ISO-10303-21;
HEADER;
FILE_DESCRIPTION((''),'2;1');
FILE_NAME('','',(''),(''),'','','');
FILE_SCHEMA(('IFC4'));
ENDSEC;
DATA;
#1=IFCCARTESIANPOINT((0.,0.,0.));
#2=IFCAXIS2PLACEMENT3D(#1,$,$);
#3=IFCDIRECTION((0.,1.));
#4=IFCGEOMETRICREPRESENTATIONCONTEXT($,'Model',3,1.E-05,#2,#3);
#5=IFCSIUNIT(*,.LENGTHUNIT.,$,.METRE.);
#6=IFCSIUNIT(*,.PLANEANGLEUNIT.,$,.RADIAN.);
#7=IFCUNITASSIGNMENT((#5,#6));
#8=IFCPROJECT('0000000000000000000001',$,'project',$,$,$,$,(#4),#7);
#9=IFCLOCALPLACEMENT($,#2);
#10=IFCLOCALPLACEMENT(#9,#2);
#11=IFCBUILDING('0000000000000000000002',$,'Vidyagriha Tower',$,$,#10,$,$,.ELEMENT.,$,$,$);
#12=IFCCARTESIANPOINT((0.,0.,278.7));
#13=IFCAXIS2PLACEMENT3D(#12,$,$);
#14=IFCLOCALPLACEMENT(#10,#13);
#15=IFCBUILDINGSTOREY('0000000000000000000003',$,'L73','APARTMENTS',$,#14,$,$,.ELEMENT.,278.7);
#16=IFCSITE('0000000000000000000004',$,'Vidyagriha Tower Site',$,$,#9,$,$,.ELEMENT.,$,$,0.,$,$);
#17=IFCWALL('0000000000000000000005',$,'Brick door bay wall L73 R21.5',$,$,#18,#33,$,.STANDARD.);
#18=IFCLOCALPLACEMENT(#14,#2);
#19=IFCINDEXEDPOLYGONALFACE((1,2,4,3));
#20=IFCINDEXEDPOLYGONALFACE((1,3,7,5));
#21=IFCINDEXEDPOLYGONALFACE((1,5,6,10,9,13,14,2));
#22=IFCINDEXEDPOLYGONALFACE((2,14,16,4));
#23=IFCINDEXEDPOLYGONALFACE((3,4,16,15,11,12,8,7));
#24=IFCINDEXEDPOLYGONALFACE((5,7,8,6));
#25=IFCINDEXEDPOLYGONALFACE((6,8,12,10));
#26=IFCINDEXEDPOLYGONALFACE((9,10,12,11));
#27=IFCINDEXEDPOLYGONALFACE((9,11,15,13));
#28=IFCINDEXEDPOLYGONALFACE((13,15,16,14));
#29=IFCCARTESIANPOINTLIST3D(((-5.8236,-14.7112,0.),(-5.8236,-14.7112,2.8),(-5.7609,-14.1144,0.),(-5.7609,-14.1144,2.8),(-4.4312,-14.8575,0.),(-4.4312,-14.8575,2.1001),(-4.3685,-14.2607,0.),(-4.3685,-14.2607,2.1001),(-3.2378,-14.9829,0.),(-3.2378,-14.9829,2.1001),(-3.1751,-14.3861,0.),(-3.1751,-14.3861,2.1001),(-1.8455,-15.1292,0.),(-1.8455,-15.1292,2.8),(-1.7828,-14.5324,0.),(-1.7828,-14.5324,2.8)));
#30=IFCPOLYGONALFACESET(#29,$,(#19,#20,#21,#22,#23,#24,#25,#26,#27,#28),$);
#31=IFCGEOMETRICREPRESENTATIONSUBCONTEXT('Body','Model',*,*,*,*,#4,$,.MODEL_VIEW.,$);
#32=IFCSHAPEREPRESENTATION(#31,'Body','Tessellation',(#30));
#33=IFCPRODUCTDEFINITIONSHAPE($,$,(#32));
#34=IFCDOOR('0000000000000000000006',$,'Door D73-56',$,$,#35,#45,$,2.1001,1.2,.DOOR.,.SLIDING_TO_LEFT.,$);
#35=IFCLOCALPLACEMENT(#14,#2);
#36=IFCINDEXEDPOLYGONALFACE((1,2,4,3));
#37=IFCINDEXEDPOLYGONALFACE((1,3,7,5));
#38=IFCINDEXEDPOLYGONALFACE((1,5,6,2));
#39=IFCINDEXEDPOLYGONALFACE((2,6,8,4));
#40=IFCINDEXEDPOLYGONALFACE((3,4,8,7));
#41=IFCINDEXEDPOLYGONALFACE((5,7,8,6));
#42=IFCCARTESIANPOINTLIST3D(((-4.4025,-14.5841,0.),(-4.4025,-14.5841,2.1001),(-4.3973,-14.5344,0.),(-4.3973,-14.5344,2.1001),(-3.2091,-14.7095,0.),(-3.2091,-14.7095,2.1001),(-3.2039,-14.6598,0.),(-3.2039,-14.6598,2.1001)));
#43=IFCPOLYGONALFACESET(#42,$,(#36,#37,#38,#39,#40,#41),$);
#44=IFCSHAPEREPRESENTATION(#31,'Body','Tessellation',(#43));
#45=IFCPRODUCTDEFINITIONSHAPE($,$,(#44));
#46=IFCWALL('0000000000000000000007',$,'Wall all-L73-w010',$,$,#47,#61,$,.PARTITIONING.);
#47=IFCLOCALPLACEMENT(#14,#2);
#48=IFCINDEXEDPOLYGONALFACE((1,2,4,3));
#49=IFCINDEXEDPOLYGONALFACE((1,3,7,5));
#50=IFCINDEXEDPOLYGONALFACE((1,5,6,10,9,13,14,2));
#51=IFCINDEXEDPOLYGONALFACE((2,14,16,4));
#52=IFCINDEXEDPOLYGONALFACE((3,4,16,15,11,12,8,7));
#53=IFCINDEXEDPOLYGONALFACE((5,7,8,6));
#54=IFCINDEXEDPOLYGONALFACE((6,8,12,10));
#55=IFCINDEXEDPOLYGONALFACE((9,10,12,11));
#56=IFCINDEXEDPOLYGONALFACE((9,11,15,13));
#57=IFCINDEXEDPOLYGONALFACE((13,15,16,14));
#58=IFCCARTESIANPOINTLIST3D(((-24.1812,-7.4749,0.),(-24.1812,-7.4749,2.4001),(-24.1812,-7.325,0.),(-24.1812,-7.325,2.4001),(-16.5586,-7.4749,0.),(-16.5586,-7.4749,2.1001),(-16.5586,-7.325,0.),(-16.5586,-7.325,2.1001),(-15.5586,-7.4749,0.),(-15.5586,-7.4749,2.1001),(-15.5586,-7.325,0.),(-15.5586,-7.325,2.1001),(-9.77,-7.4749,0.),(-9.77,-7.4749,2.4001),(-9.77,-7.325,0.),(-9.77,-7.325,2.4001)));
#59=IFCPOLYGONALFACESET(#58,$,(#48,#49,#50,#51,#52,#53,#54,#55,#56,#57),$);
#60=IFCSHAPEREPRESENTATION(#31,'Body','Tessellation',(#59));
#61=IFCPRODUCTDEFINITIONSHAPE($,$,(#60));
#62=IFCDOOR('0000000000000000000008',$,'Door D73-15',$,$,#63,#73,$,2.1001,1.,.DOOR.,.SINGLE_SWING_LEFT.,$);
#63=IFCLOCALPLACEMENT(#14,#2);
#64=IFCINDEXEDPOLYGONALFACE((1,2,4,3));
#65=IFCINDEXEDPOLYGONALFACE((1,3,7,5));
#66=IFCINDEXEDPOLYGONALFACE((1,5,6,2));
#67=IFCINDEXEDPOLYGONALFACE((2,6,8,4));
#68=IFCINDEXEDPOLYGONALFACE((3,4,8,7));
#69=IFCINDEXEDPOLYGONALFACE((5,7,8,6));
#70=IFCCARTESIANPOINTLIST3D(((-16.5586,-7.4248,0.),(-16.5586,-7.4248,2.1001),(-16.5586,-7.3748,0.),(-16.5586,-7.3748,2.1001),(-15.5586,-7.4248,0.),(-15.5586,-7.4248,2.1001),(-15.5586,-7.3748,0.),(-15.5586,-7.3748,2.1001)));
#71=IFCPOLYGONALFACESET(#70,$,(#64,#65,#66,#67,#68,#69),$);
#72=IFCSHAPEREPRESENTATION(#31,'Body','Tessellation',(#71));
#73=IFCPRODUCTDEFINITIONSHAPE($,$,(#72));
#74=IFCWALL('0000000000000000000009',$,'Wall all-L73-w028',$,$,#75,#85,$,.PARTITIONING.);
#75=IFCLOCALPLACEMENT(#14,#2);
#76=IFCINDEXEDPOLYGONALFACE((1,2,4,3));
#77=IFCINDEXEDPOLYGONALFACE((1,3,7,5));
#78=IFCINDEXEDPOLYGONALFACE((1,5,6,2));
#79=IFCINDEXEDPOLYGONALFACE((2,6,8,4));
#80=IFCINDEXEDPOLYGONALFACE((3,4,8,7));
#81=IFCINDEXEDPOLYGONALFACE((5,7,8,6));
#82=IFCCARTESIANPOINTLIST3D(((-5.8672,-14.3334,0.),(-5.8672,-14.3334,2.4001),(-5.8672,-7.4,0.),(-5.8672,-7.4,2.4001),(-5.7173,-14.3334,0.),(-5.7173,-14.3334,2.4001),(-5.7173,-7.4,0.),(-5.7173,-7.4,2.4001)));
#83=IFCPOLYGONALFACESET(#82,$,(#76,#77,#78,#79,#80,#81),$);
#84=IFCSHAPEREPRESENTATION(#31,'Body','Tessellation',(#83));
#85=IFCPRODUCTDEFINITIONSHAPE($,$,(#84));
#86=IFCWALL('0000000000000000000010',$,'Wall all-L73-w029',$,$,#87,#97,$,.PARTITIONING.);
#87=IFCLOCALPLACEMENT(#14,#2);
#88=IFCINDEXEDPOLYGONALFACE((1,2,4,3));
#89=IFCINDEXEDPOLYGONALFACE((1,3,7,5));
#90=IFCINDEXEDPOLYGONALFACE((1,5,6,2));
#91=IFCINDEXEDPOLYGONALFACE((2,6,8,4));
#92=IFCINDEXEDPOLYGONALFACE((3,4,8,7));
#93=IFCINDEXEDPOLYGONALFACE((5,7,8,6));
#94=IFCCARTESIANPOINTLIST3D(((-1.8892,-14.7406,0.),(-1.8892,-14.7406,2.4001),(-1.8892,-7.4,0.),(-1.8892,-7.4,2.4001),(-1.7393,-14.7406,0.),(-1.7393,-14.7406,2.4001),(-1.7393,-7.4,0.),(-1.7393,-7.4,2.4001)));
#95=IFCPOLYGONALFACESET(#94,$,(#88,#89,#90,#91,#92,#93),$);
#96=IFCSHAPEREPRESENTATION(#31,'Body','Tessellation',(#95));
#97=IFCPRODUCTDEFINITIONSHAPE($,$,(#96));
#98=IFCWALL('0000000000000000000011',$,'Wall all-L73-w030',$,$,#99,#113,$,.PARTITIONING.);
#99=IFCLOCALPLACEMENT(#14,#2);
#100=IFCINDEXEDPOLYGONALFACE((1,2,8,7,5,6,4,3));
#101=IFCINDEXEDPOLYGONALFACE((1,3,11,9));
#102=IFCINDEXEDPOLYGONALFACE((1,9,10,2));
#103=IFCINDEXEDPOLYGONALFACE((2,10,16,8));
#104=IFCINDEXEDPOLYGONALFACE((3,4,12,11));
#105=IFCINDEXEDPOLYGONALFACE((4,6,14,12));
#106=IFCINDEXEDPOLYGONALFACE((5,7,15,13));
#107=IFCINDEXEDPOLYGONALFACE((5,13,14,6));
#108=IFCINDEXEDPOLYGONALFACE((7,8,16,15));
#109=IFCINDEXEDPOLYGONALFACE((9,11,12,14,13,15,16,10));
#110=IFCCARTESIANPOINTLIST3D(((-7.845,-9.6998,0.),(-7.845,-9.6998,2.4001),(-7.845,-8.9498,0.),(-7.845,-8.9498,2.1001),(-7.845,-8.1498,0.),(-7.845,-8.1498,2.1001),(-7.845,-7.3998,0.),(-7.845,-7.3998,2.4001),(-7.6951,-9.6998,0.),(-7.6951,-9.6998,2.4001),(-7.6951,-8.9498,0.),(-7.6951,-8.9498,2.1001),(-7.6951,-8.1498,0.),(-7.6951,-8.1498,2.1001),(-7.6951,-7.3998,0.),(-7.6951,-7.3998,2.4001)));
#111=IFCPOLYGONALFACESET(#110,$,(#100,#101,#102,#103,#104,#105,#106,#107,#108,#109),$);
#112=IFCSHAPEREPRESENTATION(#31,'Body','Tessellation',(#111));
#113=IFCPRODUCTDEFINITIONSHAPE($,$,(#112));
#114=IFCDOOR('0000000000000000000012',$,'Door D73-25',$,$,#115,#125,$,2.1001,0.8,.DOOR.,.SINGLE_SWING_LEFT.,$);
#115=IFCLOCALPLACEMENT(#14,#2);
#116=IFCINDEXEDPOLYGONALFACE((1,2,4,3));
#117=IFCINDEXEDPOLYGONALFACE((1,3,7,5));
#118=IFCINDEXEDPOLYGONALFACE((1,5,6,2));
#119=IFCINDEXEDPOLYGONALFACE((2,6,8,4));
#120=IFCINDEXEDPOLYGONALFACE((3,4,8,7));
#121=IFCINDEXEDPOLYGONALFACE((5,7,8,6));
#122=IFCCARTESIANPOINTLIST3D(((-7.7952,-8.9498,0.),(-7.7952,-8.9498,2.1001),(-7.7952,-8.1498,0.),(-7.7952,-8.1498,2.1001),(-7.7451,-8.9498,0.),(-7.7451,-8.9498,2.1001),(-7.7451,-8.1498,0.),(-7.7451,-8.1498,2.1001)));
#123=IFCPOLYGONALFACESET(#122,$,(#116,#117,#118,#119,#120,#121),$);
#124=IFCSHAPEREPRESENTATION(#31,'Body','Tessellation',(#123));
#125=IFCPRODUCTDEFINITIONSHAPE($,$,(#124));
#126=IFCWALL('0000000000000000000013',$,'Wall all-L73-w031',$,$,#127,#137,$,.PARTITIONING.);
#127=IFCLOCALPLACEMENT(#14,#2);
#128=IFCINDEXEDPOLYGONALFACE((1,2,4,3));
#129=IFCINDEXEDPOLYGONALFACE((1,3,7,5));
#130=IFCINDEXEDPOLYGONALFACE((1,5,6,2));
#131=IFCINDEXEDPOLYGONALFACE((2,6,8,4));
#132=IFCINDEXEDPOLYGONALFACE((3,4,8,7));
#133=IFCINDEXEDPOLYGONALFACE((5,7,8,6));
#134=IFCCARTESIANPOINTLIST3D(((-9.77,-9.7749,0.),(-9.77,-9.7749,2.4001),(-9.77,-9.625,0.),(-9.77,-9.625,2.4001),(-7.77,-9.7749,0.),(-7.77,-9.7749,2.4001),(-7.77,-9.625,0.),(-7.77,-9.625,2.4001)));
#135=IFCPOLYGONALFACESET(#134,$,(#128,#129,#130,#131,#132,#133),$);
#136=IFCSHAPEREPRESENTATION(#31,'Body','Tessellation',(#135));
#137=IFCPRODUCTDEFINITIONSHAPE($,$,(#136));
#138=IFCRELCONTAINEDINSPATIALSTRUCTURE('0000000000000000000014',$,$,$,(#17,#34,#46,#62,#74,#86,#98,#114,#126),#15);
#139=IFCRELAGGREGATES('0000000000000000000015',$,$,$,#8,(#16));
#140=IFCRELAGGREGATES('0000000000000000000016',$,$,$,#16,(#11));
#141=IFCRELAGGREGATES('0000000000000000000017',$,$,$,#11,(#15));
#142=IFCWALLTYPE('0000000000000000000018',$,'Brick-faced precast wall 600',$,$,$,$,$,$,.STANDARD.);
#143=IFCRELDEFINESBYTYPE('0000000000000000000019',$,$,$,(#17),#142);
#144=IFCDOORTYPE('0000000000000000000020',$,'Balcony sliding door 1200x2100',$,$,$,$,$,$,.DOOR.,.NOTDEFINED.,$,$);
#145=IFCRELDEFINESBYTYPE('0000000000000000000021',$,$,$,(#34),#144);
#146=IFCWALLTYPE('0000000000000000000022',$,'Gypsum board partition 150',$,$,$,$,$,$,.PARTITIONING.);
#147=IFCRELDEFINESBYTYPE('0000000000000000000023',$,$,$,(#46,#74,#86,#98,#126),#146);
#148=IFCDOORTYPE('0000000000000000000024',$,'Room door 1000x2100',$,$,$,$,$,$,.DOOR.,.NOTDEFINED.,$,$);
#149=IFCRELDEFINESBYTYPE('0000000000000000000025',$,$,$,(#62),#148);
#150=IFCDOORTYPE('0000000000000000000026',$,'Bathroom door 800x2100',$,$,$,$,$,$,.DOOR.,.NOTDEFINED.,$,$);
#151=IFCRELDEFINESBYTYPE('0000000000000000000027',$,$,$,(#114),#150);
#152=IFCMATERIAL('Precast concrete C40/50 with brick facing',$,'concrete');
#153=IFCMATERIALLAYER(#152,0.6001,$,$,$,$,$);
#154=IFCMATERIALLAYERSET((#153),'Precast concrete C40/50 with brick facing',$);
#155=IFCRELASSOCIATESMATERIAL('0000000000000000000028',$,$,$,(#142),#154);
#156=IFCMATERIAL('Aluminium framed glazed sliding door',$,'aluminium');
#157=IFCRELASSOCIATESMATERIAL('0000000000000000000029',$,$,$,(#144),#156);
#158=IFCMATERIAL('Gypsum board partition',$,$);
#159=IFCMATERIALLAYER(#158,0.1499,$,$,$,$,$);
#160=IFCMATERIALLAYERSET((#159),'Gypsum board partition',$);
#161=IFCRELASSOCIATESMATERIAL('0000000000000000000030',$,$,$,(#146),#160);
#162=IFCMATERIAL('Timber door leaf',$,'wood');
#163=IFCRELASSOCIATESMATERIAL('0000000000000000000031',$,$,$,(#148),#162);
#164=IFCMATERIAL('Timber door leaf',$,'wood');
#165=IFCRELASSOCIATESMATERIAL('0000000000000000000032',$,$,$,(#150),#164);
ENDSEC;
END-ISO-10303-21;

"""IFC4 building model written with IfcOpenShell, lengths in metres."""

from ifc_helpers import new_model, si_unit, direction, frame, frame_2d, origin, place, context, subcontext, project, spatial, rectangle, extrude, material, layer, layer_set, type_object, element, fill, save


model = new_model("IFC4")

# Units and contexts
model_context = context("Model", 3, precision=1e-05, world=origin(), true_north=direction((0.0, 1.0)))
body_context = subcontext(model_context, "Body", "Model", "MODEL_VIEW")
ifc_project = project(units=[si_unit("LENGTHUNIT", "METRE"), si_unit("PLANEANGLEUNIT", "RADIAN")], contexts=[model_context])

# Site, building, storey
site_placement = place(None, origin())
site = spatial("IfcSite", under=ifc_project, at=site_placement, Name="Vidyagriha Tower Site", CompositionType="ELEMENT", RefElevation=0.0)
building_placement = place(site_placement, origin())
building = spatial("IfcBuilding", under=site, at=building_placement, Name="Vidyagriha Tower", CompositionType="ELEMENT")
storey_placement = place(building_placement, frame((0.0, 0.0, 278.7)))
storey = spatial("IfcBuildingStorey", under=building, at=storey_placement, Name="L73", Description="APARTMENTS", CompositionType="ELEMENT", Elevation=278.7)

# Walls, openings, doors
ifc_material_1 = material(Name="Precast concrete C40/50 with brick facing", Category="concrete")
ifc_layer_1 = layer(ifc_material_1, 0.6001)
ifc_layer_set_1 = layer_set([ifc_layer_1], Name="Precast concrete C40/50 with brick facing")
wall_type_1 = type_object("IfcWallType", Name="Brick-faced precast wall 600", PredefinedType="STANDARD", material=ifc_layer_set_1)
wall_1_placement = place(storey_placement, frame((-5.7922, -14.4128, 0.0), z_axis=(0.0, 0.0, 1.0), x_axis=(0.994526, -0.104494, 0.0)))
wall_1 = element("IfcWall", 1, at=wall_1_placement, inside=storey, type_object=wall_type_1, Name="Brick door bay wall L73 R21.5", PredefinedType="STANDARD", context=body_context, shape_type="SweptSolid", body=[
    extrude(rectangle(XDim=4.0, YDim=0.6001, at=frame_2d((2.0, 0.0))), origin(), (0.0, 0.0, 1.0), 2.8),
])
opening_1_placement = place(wall_1_placement, frame((1.3999, 0.0, 0.0)))
opening_1 = element("IfcOpeningElement", 2, at=opening_1_placement, cuts=wall_1, PredefinedType="OPENING", context=body_context, shape_type="SweptSolid", body=[
    extrude(rectangle(XDim=1.2, YDim=2.1001, at=frame_2d((0.6001, 1.05))), frame((0.0, 0.3101, 0.0), z_axis=(0.0, -1.0, 0.0), x_axis=(1.0, 0.0, 0.0)), (0.0, 0.0, 1.0), 0.6201),
])
ifc_material_2 = material(Name="Aluminium framed glazed sliding door", Category="aluminium")
door_type_1 = type_object("IfcDoorType", Name="Balcony sliding door 1200x2100", OperationType="NOTDEFINED", PredefinedType="DOOR", material=ifc_material_2)
door_1_placement = place(opening_1_placement, origin())
door_1 = element("IfcDoor", 3, at=door_1_placement, inside=storey, type_object=door_type_1, Name="Door D73-56", OperationType="SLIDING_TO_LEFT", OverallHeight=2.1001, OverallWidth=1.2, PredefinedType="DOOR", context=body_context, shape_type="SweptSolid", body=[
    extrude(rectangle(XDim=1.2, YDim=2.1001, at=frame_2d((0.6001, 1.05))), frame((0.0, 0.0249, 0.0), z_axis=(0.0, -1.0, 0.0), x_axis=(1.0, 0.0, 0.0)), (0.0, 0.0, 1.0), 0.05),
])
fill(opening_1, door_1)
ifc_material_3 = material(Name="Gypsum board partition")
ifc_layer_2 = layer(ifc_material_3, 0.1499)
ifc_layer_set_2 = layer_set([ifc_layer_2], Name="Gypsum board partition")
wall_type_2 = type_object("IfcWallType", Name="Gypsum board partition 150", PredefinedType="PARTITIONING", material=ifc_layer_set_2)
wall_2_placement = place(storey_placement, frame((-9.77, -7.3999, 0.0), z_axis=(0.0, 0.0, 1.0), x_axis=(-1.0, 0.0, 0.0)))
wall_2 = element("IfcWall", 4, at=wall_2_placement, inside=storey, type_object=wall_type_2, Name="Wall all-L73-w010", PredefinedType="PARTITIONING", context=body_context, shape_type="SweptSolid", body=[
    extrude(rectangle(XDim=14.4111, YDim=0.1499, at=frame_2d((7.2056, 0.0))), origin(), (0.0, 0.0, 1.0), 2.4001),
])
opening_2_placement = place(wall_2_placement, frame((5.7886, 0.0, 0.0)))
opening_2 = element("IfcOpeningElement", 5, at=opening_2_placement, cuts=wall_2, PredefinedType="OPENING", context=body_context, shape_type="SweptSolid", body=[
    extrude(rectangle(XDim=1.0, YDim=2.1001, at=frame_2d((0.5, 1.05))), frame((0.0, 0.085, 0.0), z_axis=(0.0, -1.0, 0.0), x_axis=(1.0, 0.0, 0.0)), (0.0, 0.0, 1.0), 0.1699),
])
ifc_material_4 = material(Name="Timber door leaf", Category="wood")
door_type_2 = type_object("IfcDoorType", Name="Room door 1000x2100", OperationType="NOTDEFINED", PredefinedType="DOOR", material=ifc_material_4)
door_2_placement = place(opening_2_placement, origin())
door_2 = element("IfcDoor", 6, at=door_2_placement, inside=storey, type_object=door_type_2, Name="Door D73-15", OperationType="SINGLE_SWING_LEFT", OverallHeight=2.1001, OverallWidth=1.0, PredefinedType="DOOR", context=body_context, shape_type="SweptSolid", body=[
    extrude(rectangle(XDim=1.0, YDim=2.1001, at=frame_2d((0.5, 1.05))), frame((0.0, 0.0249, 0.0), z_axis=(0.0, -1.0, 0.0), x_axis=(1.0, 0.0, 0.0)), (0.0, 0.0, 1.0), 0.05),
])
fill(opening_2, door_2)

# Walls
wall_3_placement = place(storey_placement, frame((-5.7922, -7.3999, 0.0), z_axis=(0.0, 0.0, 1.0), x_axis=(0.0, -1.0, 0.0)))
element("IfcWall", 7, at=wall_3_placement, inside=storey, type_object=wall_type_2, Name="Wall all-L73-w028", PredefinedType="PARTITIONING", context=body_context, shape_type="SweptSolid", body=[
    extrude(rectangle(XDim=6.9333, YDim=0.1499, at=frame_2d((3.4668, 0.0))), origin(), (0.0, 0.0, 1.0), 2.4001),
])
wall_4_placement = place(storey_placement, frame((-1.8142, -7.3999, 0.0), z_axis=(0.0, 0.0, 1.0), x_axis=(0.0, -1.0, 0.0)))
element("IfcWall", 8, at=wall_4_placement, inside=storey, type_object=wall_type_2, Name="Wall all-L73-w029", PredefinedType="PARTITIONING", context=body_context, shape_type="SweptSolid", body=[
    extrude(rectangle(XDim=7.3406, YDim=0.1499, at=frame_2d((3.6704, 0.0))), origin(), (0.0, 0.0, 1.0), 2.4001),
])

# Wall, opening, door
wall_5_placement = place(storey_placement, frame((-7.77, -7.3999, 0.0), z_axis=(0.0, 0.0, 1.0), x_axis=(0.0, -1.0, 0.0)))
wall_5 = element("IfcWall", 9, at=wall_5_placement, inside=storey, type_object=wall_type_2, Name="Wall all-L73-w030", PredefinedType="PARTITIONING", context=body_context, shape_type="SweptSolid", body=[
    extrude(rectangle(XDim=2.3, YDim=0.1499, at=frame_2d((1.1499, 0.0))), origin(), (0.0, 0.0, 1.0), 2.4001),
])
opening_3_placement = place(wall_5_placement, frame((0.75, 0.0, 0.0)))
opening_3 = element("IfcOpeningElement", 10, at=opening_3_placement, cuts=wall_5, PredefinedType="OPENING", context=body_context, shape_type="SweptSolid", body=[
    extrude(rectangle(XDim=0.8, YDim=2.1001, at=frame_2d((0.3999, 1.05))), frame((0.0, 0.085, 0.0), z_axis=(0.0, -1.0, 0.0), x_axis=(1.0, 0.0, 0.0)), (0.0, 0.0, 1.0), 0.1699),
])
ifc_material_5 = material(Name="Timber door leaf", Category="wood")
door_type_3 = type_object("IfcDoorType", Name="Bathroom door 800x2100", OperationType="NOTDEFINED", PredefinedType="DOOR", material=ifc_material_5)
door_3_placement = place(opening_3_placement, origin())
door_3 = element("IfcDoor", 11, at=door_3_placement, inside=storey, type_object=door_type_3, Name="Door D73-25", OperationType="SINGLE_SWING_LEFT", OverallHeight=2.1001, OverallWidth=0.8, PredefinedType="DOOR", context=body_context, shape_type="SweptSolid", body=[
    extrude(rectangle(XDim=0.8, YDim=2.1001, at=frame_2d((0.3999, 1.05))), frame((0.0, 0.0249, 0.0), z_axis=(0.0, -1.0, 0.0), x_axis=(1.0, 0.0, 0.0)), (0.0, 0.0, 1.0), 0.05),
])
fill(opening_3, door_3)

# Wall
wall_6_placement = place(storey_placement, frame((-7.77, -9.7, 0.0), z_axis=(0.0, 0.0, 1.0), x_axis=(-1.0, 0.0, 0.0)))
element("IfcWall", 12, at=wall_6_placement, inside=storey, type_object=wall_type_2, Name="Wall all-L73-w031", PredefinedType="PARTITIONING", context=body_context, shape_type="SweptSolid", body=[
    extrude(rectangle(XDim=2.0, YDim=0.1499, at=frame_2d((1.0, 0.0))), origin(), (0.0, 0.0, 1.0), 2.4001),
])

save(model, "model.ifc")
